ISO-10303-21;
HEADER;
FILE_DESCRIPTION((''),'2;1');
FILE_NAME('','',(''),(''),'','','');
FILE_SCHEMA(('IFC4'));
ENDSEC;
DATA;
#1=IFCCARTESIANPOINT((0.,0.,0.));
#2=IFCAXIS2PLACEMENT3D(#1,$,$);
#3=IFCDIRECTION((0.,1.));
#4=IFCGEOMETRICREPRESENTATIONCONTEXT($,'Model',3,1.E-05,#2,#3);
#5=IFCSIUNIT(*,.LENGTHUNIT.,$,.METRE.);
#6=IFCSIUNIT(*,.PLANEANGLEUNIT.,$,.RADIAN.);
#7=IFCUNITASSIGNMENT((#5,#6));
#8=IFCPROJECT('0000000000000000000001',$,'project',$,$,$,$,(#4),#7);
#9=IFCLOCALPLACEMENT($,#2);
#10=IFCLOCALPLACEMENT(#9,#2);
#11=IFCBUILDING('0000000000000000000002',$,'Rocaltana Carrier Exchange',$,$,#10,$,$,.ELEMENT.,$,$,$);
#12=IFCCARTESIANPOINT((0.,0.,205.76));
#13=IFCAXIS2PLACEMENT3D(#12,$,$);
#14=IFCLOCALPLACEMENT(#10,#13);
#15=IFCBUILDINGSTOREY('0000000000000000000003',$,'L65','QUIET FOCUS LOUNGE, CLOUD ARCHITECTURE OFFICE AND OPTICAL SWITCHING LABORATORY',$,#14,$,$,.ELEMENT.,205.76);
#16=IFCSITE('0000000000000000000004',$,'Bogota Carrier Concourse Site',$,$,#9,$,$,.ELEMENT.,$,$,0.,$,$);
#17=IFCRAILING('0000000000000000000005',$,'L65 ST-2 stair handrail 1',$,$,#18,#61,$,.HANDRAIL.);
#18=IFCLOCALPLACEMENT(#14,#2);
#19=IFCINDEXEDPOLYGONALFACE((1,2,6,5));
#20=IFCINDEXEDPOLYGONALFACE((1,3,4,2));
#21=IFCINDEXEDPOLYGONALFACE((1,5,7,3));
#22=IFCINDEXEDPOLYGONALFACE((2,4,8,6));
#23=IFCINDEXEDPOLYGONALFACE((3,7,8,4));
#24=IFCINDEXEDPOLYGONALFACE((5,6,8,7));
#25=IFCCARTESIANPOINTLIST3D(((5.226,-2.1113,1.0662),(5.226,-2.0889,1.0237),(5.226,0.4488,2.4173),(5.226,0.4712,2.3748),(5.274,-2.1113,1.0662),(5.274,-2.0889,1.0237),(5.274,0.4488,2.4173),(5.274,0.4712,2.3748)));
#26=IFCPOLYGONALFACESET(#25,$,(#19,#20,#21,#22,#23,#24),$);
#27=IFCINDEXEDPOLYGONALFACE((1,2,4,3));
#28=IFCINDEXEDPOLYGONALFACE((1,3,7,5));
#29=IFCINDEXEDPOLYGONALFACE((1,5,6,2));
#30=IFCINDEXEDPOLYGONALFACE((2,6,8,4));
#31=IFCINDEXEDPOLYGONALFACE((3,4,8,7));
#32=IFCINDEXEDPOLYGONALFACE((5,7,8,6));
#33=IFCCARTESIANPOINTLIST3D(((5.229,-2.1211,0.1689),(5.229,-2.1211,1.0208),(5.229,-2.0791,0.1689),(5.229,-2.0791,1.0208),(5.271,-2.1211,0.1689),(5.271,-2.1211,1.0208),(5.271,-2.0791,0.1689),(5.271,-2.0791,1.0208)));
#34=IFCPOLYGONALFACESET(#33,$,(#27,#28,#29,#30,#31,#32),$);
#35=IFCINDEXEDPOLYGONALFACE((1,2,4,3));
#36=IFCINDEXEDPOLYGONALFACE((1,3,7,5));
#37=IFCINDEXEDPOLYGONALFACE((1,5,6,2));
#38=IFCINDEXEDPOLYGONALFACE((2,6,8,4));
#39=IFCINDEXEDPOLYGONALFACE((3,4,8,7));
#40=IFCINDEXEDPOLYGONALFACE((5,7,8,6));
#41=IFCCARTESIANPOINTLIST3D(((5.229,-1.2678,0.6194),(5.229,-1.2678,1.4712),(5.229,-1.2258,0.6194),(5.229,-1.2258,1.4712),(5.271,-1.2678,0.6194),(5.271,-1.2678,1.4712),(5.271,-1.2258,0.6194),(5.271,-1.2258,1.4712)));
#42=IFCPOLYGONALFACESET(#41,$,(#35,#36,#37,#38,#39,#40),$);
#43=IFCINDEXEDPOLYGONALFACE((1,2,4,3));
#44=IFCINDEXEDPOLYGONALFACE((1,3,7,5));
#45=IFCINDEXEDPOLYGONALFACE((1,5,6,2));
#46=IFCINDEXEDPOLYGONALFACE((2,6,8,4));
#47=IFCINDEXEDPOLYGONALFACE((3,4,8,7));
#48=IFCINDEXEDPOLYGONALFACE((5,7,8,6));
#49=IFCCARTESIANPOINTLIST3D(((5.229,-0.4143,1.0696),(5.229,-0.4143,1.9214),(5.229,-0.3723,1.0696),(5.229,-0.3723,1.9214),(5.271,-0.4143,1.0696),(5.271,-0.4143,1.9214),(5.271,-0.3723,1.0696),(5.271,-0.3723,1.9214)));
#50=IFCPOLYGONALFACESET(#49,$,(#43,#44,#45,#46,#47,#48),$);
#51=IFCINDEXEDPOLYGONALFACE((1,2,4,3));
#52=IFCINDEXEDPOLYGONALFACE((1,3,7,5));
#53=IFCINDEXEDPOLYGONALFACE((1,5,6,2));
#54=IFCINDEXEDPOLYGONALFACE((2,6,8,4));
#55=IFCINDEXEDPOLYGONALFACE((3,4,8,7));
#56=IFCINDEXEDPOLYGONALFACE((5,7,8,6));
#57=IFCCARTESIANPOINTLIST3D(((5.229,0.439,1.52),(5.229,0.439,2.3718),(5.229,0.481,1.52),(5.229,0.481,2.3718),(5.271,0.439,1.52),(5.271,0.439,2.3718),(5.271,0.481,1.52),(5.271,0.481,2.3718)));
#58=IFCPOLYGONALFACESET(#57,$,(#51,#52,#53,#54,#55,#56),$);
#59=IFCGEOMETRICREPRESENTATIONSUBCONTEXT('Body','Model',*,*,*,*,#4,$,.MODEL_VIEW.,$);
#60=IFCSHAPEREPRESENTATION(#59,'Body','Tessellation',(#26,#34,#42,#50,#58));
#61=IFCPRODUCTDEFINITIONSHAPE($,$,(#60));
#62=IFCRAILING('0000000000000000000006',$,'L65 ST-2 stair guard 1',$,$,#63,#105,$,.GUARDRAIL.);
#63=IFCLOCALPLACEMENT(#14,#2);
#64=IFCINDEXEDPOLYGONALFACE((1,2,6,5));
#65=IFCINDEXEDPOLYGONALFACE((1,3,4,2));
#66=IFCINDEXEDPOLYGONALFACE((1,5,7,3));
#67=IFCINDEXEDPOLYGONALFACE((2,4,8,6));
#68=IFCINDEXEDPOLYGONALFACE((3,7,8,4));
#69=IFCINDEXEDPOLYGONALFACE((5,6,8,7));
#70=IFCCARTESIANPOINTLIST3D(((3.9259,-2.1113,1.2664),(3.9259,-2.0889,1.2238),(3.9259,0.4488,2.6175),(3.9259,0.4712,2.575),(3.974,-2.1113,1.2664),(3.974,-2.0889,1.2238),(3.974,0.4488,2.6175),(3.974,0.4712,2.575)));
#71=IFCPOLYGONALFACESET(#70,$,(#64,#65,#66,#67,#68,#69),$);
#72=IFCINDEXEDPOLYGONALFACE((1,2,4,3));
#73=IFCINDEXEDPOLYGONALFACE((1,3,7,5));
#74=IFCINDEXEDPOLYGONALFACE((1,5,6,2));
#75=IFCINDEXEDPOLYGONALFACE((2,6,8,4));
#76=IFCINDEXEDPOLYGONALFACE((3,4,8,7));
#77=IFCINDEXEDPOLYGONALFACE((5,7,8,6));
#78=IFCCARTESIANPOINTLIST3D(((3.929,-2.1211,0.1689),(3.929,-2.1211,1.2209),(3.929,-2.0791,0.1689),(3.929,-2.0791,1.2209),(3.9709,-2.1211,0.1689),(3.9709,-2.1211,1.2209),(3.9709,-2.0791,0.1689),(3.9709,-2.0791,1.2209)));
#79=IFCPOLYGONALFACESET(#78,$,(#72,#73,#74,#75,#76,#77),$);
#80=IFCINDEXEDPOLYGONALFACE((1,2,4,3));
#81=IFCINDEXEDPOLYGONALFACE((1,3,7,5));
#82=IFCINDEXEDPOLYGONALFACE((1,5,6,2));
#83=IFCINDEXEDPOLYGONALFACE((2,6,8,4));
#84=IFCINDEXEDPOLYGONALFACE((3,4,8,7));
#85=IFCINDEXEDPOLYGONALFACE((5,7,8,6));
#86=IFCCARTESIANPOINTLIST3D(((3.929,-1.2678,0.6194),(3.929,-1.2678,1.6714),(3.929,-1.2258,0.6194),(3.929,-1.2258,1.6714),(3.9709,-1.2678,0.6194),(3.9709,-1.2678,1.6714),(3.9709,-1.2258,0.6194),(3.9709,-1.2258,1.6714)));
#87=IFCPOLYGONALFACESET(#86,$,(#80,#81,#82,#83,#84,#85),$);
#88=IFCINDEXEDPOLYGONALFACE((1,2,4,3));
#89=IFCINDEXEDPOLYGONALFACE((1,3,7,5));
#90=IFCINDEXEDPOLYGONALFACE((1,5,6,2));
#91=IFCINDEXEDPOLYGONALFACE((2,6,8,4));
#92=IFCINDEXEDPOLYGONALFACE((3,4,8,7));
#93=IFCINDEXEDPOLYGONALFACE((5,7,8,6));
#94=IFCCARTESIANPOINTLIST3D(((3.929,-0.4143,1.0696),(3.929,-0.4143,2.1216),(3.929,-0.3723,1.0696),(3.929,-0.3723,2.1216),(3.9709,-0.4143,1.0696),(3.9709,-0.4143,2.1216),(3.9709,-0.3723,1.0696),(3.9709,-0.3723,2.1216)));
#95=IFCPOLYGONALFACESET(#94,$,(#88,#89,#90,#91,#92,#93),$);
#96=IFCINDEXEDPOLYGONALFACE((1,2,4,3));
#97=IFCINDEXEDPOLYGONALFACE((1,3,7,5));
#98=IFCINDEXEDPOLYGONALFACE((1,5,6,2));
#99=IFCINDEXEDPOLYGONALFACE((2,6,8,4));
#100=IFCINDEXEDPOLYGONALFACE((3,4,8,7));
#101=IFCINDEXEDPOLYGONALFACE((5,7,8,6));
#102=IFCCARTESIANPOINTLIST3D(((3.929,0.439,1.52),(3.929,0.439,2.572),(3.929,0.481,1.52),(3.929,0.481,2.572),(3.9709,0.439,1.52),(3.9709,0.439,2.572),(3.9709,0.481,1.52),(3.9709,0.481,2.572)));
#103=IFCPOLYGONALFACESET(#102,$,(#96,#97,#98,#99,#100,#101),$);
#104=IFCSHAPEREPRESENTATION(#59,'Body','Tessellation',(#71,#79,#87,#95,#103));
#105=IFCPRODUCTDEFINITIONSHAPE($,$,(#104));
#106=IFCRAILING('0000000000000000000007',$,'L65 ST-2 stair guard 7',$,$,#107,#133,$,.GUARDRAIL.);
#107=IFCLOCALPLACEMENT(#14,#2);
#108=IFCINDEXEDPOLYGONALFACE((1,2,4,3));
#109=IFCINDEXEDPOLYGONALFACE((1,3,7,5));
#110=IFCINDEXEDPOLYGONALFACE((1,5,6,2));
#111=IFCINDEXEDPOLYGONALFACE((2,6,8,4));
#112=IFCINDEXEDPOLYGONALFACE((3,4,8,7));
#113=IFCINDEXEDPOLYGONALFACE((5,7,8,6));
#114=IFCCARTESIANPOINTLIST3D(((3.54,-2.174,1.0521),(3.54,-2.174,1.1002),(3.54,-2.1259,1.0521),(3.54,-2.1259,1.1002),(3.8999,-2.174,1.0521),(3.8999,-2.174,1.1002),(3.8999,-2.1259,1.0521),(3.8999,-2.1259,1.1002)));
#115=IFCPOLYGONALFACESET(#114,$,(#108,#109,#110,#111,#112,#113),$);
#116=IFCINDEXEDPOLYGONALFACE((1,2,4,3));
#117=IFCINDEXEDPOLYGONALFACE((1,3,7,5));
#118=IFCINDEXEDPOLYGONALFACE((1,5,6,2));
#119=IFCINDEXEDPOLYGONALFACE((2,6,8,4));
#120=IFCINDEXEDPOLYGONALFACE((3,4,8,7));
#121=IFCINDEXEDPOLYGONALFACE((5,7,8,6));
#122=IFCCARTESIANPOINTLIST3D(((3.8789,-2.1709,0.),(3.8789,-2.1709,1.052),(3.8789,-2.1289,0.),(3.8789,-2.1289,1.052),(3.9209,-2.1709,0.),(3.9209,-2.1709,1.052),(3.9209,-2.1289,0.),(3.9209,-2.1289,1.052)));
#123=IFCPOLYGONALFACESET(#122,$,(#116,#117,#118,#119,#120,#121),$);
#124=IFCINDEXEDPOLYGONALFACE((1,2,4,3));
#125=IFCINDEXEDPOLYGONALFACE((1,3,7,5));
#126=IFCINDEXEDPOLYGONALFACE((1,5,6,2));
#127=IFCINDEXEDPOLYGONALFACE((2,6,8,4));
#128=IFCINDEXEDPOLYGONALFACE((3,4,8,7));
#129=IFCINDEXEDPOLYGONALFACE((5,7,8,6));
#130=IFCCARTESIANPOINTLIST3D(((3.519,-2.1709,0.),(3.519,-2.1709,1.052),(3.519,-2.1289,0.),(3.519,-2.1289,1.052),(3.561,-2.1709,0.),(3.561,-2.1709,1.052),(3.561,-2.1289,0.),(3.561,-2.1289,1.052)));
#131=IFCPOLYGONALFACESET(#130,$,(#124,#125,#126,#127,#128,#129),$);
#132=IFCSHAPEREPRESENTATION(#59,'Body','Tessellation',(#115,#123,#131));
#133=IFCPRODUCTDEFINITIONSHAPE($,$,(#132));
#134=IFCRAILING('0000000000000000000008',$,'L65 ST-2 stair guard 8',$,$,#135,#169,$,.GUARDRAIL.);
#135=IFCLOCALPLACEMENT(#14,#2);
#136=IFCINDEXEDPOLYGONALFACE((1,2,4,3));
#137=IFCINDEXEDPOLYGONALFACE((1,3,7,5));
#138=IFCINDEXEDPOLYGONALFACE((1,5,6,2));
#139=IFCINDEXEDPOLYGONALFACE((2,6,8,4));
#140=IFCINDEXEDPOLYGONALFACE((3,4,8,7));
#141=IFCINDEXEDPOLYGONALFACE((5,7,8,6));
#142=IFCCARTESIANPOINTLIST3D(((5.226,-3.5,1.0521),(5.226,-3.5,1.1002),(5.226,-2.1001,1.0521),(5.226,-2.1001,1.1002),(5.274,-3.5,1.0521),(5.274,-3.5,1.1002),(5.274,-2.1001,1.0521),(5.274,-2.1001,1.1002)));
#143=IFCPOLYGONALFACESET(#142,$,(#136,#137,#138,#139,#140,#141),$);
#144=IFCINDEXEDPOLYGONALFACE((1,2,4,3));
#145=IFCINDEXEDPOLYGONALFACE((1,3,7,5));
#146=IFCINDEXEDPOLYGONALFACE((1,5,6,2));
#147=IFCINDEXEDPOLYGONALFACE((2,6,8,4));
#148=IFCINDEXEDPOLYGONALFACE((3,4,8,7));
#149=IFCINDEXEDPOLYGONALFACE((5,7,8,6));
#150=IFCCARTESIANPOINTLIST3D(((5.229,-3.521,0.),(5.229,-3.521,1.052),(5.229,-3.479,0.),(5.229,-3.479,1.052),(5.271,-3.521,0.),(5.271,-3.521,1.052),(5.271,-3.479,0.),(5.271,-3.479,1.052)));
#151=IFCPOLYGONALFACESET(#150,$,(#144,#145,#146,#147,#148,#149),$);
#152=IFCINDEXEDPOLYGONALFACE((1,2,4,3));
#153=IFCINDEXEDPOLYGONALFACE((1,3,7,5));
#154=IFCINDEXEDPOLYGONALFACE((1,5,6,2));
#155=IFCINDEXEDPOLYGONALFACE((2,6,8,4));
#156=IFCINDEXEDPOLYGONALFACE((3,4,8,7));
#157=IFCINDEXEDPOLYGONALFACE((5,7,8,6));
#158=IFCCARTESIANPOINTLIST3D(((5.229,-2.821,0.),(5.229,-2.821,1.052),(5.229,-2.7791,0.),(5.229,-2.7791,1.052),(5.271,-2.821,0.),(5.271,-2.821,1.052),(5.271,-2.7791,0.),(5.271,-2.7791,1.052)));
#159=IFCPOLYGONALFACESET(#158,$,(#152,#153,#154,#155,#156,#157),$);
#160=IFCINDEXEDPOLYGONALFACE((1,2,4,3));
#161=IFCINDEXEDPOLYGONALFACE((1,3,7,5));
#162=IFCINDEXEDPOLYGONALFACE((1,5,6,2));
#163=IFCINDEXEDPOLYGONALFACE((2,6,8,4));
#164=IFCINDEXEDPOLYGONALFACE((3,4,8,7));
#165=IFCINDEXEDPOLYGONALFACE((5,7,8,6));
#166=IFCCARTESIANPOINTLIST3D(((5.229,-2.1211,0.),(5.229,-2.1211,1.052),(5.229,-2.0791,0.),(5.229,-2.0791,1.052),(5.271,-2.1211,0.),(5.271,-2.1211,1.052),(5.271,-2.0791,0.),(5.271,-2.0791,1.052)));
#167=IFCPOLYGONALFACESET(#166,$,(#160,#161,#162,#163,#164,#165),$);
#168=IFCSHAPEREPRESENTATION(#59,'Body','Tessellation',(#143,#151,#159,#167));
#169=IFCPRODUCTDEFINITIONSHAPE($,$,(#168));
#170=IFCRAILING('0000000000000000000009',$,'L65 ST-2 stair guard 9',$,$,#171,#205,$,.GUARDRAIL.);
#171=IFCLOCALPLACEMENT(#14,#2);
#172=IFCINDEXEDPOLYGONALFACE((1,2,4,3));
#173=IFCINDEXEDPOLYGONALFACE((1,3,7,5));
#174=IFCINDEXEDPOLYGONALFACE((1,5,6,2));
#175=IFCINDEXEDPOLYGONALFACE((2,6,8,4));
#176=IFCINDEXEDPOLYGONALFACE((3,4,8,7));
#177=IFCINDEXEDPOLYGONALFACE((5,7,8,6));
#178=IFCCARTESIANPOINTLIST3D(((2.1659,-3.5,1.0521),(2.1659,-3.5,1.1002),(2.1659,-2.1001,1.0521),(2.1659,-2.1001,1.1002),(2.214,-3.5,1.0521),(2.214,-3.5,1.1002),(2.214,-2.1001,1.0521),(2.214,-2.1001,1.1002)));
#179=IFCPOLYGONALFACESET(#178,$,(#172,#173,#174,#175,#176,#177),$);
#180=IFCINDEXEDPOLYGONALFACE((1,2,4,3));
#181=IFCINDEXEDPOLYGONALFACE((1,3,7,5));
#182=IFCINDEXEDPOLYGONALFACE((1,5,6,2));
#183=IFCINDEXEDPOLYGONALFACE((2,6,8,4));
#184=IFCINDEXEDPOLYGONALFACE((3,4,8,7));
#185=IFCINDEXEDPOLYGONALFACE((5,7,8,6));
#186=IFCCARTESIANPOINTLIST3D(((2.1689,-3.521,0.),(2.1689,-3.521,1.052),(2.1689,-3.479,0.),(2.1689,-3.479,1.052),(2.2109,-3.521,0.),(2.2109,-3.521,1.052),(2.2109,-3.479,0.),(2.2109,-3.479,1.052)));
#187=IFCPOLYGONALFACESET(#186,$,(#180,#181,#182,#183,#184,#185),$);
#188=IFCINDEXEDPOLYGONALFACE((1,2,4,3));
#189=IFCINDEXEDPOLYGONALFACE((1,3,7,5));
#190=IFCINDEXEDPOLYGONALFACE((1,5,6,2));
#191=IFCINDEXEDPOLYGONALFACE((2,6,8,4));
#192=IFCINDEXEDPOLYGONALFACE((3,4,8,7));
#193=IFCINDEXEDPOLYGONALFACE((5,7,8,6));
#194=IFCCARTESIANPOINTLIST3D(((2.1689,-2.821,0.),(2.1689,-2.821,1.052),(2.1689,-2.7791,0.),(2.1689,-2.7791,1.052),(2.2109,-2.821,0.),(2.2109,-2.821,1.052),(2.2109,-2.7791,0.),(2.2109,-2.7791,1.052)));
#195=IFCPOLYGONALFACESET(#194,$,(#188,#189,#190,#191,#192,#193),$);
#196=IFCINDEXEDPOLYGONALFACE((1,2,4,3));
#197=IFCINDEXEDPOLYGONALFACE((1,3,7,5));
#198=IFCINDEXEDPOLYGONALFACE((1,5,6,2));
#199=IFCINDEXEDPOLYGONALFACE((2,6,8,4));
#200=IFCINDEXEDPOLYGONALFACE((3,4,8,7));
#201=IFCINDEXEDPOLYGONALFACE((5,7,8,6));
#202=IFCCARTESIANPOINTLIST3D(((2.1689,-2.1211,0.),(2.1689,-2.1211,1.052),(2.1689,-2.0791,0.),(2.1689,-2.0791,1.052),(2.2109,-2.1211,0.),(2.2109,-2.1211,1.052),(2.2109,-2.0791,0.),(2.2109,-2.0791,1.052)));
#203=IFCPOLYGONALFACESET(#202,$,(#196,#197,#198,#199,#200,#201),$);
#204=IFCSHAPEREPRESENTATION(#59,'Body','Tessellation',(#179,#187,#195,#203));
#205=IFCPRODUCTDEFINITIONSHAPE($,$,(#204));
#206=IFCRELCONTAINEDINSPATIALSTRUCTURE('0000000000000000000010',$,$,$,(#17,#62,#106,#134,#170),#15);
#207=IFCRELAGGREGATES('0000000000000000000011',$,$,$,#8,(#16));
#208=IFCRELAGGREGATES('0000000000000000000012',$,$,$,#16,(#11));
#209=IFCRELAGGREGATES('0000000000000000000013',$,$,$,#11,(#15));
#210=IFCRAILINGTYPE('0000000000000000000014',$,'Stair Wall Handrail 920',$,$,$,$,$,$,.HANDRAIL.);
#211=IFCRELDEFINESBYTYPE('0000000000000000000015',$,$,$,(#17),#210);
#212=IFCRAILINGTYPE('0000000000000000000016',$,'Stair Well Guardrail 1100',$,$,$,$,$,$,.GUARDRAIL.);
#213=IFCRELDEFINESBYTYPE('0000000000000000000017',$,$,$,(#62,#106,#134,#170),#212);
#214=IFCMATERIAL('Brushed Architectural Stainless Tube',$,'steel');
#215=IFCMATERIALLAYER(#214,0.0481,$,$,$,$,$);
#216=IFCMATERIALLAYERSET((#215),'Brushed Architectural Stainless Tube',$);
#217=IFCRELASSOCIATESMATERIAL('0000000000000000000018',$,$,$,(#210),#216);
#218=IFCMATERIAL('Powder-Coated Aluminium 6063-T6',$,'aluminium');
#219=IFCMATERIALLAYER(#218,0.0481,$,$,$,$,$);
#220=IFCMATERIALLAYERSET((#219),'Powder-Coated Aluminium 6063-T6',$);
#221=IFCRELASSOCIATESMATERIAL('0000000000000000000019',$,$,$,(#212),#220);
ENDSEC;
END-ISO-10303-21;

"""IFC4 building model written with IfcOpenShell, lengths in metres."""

from ifc_helpers import new_model, si_unit, direction, frame, origin, origin_2d, place, context, subcontext, project, spatial, rectangle, extrude, material, layer, layer_set, type_object, element, save


model = new_model("IFC4")

# Units and contexts
model_context = context("Model", 3, precision=1e-05, world=origin(), true_north=direction((0.0, 1.0)))
body_context = subcontext(model_context, "Body", "Model", "MODEL_VIEW")
ifc_project = project(units=[si_unit("LENGTHUNIT", "METRE"), si_unit("PLANEANGLEUNIT", "RADIAN")], contexts=[model_context])

# Site, building, storey
site_placement = place(None, origin())
site = spatial("IfcSite", under=ifc_project, at=site_placement, Name="Bogota Carrier Concourse Site", CompositionType="ELEMENT", RefElevation=0.0)
building_placement = place(site_placement, origin())
building = spatial("IfcBuilding", under=site, at=building_placement, Name="Rocaltana Carrier Exchange", CompositionType="ELEMENT")
storey_placement = place(building_placement, frame((0.0, 0.0, 205.76)))
storey = spatial("IfcBuildingStorey", under=building, at=storey_placement, Name="L65", Description="QUIET FOCUS LOUNGE, CLOUD ARCHITECTURE OFFICE AND OPTICAL SWITCHING LABORATORY", CompositionType="ELEMENT", Elevation=205.76)

# Railings
ifc_material_1 = material(Name="Brushed Architectural Stainless Tube", Category="steel")
ifc_layer_1 = layer(ifc_material_1, 0.0481)
ifc_layer_set_1 = layer_set([ifc_layer_1], Name="Brushed Architectural Stainless Tube")
railing_type_1 = type_object("IfcRailingType", Name="Stair Wall Handrail 920", PredefinedType="HANDRAIL", material=ifc_layer_set_1)
railing_1_placement = place(storey_placement, frame((5.25, -2.1001, 0.1689)))
element("IfcRailing", 1, at=railing_1_placement, inside=storey, type_object=railing_type_1, Name="L65 ST-2 stair handrail 1", PredefinedType="HANDRAIL", context=body_context, shape_type="SweptSolid", body=[
    extrude(rectangle(XDim=0.0481, YDim=0.0481, at=origin_2d()), frame((0.0, 0.0, 0.876), z_axis=(0.0, 0.884394, 0.46674), x_axis=(-1.0, 0.0, 0.0)), (0.0, 0.0, 1.0), 2.8948),
    extrude(rectangle(XDim=0.042, YDim=0.042, at=origin_2d()), origin(), (0.0, 0.0, 1.0), 0.8518),
    extrude(rectangle(XDim=0.042, YDim=0.042, at=origin_2d()), frame((0.0, 0.8533, 0.4504)), (0.0, 0.0, 1.0), 0.8518),
    extrude(rectangle(XDim=0.042, YDim=0.042, at=origin_2d()), frame((0.0, 1.7068, 0.9006)), (0.0, 0.0, 1.0), 0.8518),
    extrude(rectangle(XDim=0.042, YDim=0.042, at=origin_2d()), frame((0.0, 2.5601, 1.3511)), (0.0, 0.0, 1.0), 0.8518),
])
ifc_material_2 = material(Name="Powder-Coated Aluminium 6063-T6", Category="aluminium")
ifc_layer_2 = layer(ifc_material_2, 0.0481)
ifc_layer_set_2 = layer_set([ifc_layer_2], Name="Powder-Coated Aluminium 6063-T6")
railing_type_2 = type_object("IfcRailingType", Name="Stair Well Guardrail 1100", PredefinedType="GUARDRAIL", material=ifc_layer_set_2)
railing_2_placement = place(storey_placement, frame((3.95, -2.1001, 0.1689)))
element("IfcRailing", 2, at=railing_2_placement, inside=storey, type_object=railing_type_2, Name="L65 ST-2 stair guard 1", PredefinedType="GUARDRAIL", context=body_context, shape_type="SweptSolid", body=[
    extrude(rectangle(XDim=0.0481, YDim=0.0481, at=origin_2d()), frame((0.0, 0.0, 1.0762), z_axis=(0.0, 0.884394, 0.46674), x_axis=(-1.0, 0.0, 0.0)), (0.0, 0.0, 1.0), 2.8948),
    extrude(rectangle(XDim=0.042, YDim=0.042, at=origin_2d()), origin(), (0.0, 0.0, 1.0), 1.052),
    extrude(rectangle(XDim=0.042, YDim=0.042, at=origin_2d()), frame((0.0, 0.8533, 0.4504)), (0.0, 0.0, 1.0), 1.052),
    extrude(rectangle(XDim=0.042, YDim=0.042, at=origin_2d()), frame((0.0, 1.7068, 0.9006)), (0.0, 0.0, 1.0), 1.052),
    extrude(rectangle(XDim=0.042, YDim=0.042, at=origin_2d()), frame((0.0, 2.5601, 1.3511)), (0.0, 0.0, 1.0), 1.052),
])
railing_3_placement = place(storey_placement, frame((3.8999, -2.1499, 0.0)))
element("IfcRailing", 3, at=railing_3_placement, inside=storey, type_object=railing_type_2, Name="L65 ST-2 stair guard 7", PredefinedType="GUARDRAIL", context=body_context, shape_type="SweptSolid", body=[
    extrude(rectangle(XDim=0.0481, YDim=0.0481, at=origin_2d()), frame((0.0, 0.0, 1.0762), z_axis=(-1.0, 0.0, 0.0), x_axis=(0.0, -1.0, 0.0)), (0.0, 0.0, 1.0), 0.3599),
    extrude(rectangle(XDim=0.042, YDim=0.042, at=origin_2d()), origin(), (0.0, 0.0, 1.0), 1.052),
    extrude(rectangle(XDim=0.042, YDim=0.042, at=origin_2d()), frame((-0.3599, 0.0, 0.0)), (0.0, 0.0, 1.0), 1.052),
])
for number, where, name in (
    (4, (5.25, -3.5, 0.0), "L65 ST-2 stair guard 8"),
    (5, (2.1899, -3.5, 0.0), "L65 ST-2 stair guard 9"),
):
    element("IfcRailing", number, at=place(storey_placement, frame(where)), inside=storey, type_object=railing_type_2, Name=name, PredefinedType="GUARDRAIL", context=body_context, shape_type="SweptSolid", body=[
        extrude(rectangle(XDim=0.0481, YDim=0.0481, at=origin_2d()), frame((0.0, 0.0, 1.0762), z_axis=(0.0, 1.0, 0.0), x_axis=(-1.0, 0.0, 0.0)), (0.0, 0.0, 1.0), 1.3999),
        extrude(rectangle(XDim=0.042, YDim=0.042, at=origin_2d()), origin(), (0.0, 0.0, 1.0), 1.052),
        extrude(rectangle(XDim=0.042, YDim=0.042, at=origin_2d()), frame((0.0, 0.7, 0.0)), (0.0, 0.0, 1.0), 1.052),
        extrude(rectangle(XDim=0.042, YDim=0.042, at=origin_2d()), frame((0.0, 1.3999, 0.0)), (0.0, 0.0, 1.0), 1.052),
    ])

save(model, "model.ifc")
